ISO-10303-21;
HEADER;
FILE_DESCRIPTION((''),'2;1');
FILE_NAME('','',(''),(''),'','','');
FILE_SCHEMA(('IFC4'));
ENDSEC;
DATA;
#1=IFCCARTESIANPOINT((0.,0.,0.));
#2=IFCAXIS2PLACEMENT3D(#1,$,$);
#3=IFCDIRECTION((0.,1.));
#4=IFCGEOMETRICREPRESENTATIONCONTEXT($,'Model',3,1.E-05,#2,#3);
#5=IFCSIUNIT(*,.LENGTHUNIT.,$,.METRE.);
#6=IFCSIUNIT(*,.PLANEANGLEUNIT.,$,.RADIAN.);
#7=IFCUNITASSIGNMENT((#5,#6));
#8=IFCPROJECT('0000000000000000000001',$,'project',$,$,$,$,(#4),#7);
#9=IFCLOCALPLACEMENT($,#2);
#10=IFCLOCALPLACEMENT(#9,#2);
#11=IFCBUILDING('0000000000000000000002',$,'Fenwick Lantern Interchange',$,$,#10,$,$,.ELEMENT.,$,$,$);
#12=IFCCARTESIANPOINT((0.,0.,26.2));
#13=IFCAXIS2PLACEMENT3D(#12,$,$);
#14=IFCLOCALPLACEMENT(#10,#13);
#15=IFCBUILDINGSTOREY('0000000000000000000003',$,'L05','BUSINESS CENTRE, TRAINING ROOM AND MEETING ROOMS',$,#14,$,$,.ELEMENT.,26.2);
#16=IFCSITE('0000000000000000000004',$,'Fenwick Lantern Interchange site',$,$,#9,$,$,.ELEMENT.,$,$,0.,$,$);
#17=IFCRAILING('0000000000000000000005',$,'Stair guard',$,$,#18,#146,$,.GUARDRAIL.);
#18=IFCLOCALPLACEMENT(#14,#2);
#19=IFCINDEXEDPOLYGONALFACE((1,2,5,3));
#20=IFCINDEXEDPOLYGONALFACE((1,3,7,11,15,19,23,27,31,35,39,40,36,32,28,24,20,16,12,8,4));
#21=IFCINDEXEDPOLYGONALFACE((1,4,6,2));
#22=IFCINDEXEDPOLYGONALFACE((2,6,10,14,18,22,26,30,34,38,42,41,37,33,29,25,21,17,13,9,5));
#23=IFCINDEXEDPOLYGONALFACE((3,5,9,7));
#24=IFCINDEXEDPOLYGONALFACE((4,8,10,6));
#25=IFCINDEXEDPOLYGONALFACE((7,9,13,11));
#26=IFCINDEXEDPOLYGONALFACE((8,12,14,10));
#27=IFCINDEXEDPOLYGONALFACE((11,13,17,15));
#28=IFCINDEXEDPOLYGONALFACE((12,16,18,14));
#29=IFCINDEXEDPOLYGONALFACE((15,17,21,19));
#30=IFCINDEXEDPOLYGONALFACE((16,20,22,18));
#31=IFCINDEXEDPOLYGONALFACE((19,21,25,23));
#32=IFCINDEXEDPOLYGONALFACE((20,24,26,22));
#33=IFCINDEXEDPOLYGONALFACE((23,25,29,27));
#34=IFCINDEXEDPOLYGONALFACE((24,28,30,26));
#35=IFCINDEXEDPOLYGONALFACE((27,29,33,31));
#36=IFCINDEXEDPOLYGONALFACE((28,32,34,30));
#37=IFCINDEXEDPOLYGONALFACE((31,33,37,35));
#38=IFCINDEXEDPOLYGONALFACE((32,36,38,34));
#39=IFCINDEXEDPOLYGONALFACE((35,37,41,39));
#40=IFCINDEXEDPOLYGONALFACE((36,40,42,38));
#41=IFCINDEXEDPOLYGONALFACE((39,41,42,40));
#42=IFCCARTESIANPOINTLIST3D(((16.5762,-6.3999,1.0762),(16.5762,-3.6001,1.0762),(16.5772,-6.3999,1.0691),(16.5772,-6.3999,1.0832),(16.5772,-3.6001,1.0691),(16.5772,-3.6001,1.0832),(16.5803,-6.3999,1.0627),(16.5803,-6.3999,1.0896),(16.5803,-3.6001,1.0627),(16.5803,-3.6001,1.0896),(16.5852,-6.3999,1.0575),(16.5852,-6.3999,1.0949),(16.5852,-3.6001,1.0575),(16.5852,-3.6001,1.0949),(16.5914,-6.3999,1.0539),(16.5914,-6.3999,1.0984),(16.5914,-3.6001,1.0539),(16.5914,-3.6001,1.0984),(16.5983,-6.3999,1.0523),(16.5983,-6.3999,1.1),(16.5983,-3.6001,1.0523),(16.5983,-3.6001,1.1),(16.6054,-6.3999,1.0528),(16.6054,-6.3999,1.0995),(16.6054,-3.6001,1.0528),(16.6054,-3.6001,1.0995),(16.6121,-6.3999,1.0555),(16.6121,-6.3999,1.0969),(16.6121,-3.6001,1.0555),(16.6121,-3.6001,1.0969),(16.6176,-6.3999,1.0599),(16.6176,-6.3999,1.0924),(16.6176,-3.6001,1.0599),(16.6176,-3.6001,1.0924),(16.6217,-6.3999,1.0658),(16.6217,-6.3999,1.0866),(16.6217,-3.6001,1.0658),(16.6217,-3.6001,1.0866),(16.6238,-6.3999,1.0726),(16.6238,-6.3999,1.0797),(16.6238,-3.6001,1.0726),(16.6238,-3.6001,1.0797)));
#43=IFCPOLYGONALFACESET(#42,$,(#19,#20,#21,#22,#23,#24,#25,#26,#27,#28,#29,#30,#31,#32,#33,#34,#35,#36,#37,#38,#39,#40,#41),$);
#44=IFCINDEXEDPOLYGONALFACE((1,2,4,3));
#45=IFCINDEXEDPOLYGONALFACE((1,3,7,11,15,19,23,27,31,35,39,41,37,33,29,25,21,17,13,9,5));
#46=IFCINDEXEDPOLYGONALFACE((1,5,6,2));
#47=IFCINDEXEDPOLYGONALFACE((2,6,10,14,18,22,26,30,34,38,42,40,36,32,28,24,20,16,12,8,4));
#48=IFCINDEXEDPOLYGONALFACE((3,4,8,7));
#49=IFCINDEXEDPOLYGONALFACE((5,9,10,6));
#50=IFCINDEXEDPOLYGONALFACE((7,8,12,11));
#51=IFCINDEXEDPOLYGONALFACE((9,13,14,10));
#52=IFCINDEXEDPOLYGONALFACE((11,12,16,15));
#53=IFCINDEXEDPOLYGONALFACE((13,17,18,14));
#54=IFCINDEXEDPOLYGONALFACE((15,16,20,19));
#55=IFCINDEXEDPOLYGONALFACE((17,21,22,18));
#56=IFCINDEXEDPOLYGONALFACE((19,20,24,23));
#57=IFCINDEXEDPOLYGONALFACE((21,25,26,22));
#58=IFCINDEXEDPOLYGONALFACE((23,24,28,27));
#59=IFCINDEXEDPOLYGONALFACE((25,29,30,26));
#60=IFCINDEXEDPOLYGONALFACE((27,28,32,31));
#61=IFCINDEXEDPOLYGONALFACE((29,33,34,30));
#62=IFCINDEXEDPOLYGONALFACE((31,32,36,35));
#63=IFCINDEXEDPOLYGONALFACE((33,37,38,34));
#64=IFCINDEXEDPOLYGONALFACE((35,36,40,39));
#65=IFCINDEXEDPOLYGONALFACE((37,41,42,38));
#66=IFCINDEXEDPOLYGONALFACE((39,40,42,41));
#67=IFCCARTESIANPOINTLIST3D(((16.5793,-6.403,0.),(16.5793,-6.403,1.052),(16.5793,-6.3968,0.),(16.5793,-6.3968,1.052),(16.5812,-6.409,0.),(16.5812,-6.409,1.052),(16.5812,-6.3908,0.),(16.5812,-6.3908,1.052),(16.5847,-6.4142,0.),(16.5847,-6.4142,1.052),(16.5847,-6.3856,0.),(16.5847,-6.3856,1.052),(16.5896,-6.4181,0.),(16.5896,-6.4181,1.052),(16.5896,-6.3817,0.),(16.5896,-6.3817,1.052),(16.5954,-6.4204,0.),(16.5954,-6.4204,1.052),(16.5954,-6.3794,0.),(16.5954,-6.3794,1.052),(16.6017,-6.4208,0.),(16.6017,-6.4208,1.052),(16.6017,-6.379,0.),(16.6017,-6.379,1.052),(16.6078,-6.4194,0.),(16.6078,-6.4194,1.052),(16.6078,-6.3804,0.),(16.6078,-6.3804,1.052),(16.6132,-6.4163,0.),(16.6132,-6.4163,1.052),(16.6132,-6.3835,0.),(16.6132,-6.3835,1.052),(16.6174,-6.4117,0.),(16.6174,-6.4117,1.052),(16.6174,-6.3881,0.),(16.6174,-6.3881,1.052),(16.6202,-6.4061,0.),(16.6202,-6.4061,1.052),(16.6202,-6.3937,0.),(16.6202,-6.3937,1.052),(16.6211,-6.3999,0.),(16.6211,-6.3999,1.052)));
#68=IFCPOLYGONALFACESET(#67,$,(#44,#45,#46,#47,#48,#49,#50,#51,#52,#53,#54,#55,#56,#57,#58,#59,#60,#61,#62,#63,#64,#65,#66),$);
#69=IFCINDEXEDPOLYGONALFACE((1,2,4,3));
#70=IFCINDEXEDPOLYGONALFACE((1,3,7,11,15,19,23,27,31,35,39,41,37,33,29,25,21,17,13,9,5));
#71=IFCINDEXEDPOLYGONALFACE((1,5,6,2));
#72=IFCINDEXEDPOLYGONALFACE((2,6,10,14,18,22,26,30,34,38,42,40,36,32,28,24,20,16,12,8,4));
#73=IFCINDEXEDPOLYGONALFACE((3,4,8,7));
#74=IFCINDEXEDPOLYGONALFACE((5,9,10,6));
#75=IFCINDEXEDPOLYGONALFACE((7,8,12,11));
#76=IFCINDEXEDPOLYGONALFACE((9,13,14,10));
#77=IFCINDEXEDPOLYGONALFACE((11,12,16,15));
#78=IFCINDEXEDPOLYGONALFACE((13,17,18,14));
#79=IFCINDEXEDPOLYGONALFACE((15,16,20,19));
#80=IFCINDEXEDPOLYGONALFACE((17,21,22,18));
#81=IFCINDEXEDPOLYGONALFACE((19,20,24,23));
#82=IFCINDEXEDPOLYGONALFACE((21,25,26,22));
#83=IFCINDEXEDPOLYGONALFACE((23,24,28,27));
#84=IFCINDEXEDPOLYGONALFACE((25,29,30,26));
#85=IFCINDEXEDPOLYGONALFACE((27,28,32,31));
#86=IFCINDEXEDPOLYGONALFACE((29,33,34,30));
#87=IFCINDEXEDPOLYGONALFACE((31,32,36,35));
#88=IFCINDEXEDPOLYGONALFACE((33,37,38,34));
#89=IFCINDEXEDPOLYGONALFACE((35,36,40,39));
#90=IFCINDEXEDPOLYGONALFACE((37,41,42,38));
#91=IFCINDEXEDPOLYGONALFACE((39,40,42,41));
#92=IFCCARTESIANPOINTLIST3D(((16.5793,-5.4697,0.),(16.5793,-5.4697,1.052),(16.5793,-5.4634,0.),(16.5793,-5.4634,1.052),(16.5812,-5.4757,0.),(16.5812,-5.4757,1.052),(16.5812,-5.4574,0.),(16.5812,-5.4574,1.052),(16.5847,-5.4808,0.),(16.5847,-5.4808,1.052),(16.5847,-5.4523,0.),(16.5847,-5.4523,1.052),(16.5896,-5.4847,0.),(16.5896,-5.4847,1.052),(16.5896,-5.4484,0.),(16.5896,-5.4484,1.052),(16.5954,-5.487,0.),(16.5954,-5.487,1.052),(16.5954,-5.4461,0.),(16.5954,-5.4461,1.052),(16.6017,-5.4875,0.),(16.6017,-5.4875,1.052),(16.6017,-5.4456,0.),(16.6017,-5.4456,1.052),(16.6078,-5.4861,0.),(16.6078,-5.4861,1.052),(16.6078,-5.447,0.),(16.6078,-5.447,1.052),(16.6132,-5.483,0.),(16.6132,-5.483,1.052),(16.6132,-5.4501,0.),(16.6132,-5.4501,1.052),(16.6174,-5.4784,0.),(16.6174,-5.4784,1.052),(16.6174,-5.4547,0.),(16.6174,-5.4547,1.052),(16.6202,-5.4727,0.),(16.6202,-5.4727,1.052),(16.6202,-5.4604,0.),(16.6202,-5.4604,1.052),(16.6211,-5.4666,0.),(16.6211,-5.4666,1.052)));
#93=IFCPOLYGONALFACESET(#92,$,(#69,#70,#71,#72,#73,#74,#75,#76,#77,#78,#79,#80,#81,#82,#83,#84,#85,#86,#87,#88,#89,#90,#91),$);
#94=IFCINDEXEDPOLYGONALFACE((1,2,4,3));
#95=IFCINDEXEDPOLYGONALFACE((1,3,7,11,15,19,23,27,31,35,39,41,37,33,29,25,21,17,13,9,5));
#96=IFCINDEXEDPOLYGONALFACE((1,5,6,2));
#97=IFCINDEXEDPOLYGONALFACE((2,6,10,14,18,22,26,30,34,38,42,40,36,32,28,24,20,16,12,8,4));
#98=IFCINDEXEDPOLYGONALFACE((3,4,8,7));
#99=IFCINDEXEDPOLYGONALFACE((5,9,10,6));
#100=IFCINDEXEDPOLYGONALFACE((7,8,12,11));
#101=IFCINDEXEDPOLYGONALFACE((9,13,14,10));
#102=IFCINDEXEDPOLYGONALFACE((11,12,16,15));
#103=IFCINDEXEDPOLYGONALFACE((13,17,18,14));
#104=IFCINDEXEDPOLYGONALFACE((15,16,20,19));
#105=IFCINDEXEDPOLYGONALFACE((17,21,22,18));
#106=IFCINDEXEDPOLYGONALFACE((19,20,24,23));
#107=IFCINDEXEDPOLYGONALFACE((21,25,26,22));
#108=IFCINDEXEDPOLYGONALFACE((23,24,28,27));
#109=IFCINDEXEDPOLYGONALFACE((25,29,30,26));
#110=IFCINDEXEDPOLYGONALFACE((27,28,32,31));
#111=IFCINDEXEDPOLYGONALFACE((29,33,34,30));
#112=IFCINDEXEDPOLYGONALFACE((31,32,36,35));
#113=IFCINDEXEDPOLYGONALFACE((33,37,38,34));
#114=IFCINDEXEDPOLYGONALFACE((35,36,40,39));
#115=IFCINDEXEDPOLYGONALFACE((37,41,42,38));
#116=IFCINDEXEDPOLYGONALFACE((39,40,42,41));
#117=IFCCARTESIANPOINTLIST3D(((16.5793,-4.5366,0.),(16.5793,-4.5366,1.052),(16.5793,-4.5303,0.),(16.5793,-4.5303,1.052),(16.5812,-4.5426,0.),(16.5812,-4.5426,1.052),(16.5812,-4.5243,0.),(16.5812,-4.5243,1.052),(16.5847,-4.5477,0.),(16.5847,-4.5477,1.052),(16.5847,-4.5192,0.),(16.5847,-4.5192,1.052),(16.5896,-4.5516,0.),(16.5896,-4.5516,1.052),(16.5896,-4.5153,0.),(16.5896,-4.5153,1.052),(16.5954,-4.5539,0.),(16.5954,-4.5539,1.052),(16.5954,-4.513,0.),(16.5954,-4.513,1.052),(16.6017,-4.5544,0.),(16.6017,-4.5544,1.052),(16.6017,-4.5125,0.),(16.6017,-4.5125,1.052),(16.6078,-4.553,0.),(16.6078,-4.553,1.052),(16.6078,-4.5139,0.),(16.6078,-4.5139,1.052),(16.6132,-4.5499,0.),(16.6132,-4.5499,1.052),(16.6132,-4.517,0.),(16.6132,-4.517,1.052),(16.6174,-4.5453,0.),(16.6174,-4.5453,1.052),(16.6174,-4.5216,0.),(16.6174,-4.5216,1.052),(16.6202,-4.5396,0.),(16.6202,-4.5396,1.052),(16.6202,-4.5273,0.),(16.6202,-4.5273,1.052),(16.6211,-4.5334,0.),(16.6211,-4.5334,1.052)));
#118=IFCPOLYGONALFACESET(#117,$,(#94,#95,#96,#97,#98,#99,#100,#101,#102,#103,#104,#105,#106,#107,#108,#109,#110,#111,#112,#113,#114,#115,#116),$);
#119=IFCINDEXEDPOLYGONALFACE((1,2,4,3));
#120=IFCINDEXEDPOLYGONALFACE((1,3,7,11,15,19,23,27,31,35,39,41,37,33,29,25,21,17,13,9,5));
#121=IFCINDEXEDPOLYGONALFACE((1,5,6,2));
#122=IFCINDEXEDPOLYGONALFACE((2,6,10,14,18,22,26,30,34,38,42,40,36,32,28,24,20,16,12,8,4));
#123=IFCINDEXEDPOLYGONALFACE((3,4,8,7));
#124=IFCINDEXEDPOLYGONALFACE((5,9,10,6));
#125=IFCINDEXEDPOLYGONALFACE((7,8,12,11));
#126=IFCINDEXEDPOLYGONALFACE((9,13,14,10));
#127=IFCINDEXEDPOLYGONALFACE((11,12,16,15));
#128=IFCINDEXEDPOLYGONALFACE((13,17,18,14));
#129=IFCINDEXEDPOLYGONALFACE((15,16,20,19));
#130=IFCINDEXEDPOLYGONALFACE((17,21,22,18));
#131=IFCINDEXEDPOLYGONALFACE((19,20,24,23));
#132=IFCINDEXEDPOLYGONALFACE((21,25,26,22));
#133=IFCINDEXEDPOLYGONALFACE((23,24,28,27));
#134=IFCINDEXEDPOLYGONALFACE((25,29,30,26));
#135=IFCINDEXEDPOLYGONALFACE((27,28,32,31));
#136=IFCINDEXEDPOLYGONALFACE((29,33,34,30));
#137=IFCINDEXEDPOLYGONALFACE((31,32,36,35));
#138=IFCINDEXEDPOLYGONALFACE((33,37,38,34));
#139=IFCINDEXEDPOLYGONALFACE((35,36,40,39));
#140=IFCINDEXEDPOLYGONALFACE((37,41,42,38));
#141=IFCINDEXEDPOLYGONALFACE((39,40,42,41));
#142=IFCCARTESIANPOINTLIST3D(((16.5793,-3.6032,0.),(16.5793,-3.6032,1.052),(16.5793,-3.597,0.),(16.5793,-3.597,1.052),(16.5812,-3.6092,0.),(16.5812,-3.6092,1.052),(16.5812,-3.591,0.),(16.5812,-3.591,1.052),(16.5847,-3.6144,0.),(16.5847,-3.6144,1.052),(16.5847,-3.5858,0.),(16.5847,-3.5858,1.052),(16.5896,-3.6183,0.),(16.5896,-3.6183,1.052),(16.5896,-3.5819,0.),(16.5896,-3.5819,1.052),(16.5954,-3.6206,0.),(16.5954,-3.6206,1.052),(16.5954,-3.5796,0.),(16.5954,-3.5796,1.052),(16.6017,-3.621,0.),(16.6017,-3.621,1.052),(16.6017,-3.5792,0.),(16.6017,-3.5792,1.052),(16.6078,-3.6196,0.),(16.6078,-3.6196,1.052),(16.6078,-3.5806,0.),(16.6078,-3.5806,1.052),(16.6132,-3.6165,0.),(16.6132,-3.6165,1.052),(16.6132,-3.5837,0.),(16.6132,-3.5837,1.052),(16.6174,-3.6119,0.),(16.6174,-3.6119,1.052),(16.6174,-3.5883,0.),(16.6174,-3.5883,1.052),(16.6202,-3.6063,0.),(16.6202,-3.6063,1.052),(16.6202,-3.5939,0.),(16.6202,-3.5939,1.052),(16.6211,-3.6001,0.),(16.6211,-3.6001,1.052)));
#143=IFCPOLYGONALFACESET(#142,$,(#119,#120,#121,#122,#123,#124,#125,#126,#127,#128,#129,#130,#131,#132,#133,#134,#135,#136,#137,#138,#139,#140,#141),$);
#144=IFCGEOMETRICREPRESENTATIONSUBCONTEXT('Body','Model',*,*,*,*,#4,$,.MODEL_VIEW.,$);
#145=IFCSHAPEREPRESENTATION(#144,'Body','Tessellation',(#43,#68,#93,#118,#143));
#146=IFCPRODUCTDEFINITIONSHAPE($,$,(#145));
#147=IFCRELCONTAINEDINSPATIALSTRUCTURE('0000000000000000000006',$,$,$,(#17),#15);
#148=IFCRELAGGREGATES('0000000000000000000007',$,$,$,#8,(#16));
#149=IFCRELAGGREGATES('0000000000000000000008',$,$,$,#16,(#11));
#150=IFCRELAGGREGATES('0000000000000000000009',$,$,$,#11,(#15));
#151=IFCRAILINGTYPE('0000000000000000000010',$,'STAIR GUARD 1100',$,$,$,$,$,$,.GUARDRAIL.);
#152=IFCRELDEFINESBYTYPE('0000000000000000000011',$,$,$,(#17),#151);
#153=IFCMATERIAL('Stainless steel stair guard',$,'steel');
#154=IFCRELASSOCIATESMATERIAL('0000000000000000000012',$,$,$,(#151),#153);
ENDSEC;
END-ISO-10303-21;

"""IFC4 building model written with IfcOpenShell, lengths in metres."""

from ifc_helpers import new_model, si_unit, direction, frame, origin, origin_2d, place, context, subcontext, project, spatial, circle, extrude, material, type_object, element, save


model = new_model("IFC4")

# Units and contexts
model_context = context("Model", 3, precision=1e-05, world=origin(), true_north=direction((0.0, 1.0)))
body_context = subcontext(model_context, "Body", "Model", "MODEL_VIEW")
ifc_project = project(units=[si_unit("LENGTHUNIT", "METRE"), si_unit("PLANEANGLEUNIT", "RADIAN")], contexts=[model_context])

# Site, building, storey
site_placement = place(None, origin())
site = spatial("IfcSite", under=ifc_project, at=site_placement, Name="Fenwick Lantern Interchange site", CompositionType="ELEMENT", RefElevation=0.0)
building_placement = place(site_placement, origin())
building = spatial("IfcBuilding", under=site, at=building_placement, Name="Fenwick Lantern Interchange", CompositionType="ELEMENT")
storey_placement = place(building_placement, frame((0.0, 0.0, 26.2)))
storey = spatial("IfcBuildingStorey", under=building, at=storey_placement, Name="L05", Description="BUSINESS CENTRE, TRAINING ROOM AND MEETING ROOMS", CompositionType="ELEMENT", Elevation=26.2)

# Railing
ifc_material_1 = material(Name="Stainless steel stair guard", Category="steel")
railing_type = type_object("IfcRailingType", Name="STAIR GUARD 1100", PredefinedType="GUARDRAIL", material=ifc_material_1)
railing_placement = place(storey_placement, frame((16.6001, -6.3999, 0.0)))
element("IfcRailing", 1, at=railing_placement, inside=storey, type_object=railing_type, Name="Stair guard", PredefinedType="GUARDRAIL", context=body_context, shape_type="SweptSolid", body=[
    extrude(circle(Radius=0.0239, at=origin_2d()), frame((0.0, 0.0, 1.0762), z_axis=(0.0, 1.0, 0.0), x_axis=(-1.0, 0.0, 0.0)), (0.0, 0.0, 1.0), 2.7998),
    extrude(circle(Radius=0.021, at=origin_2d()), origin(), (0.0, 0.0, 1.0), 1.052),
    extrude(circle(Radius=0.021, at=origin_2d()), frame((0.0, 0.9333, 0.0)), (0.0, 0.0, 1.0), 1.052),
    extrude(circle(Radius=0.021, at=origin_2d()), frame((0.0, 1.8665, 0.0)), (0.0, 0.0, 1.0), 1.052),
    extrude(circle(Radius=0.021, at=origin_2d()), frame((0.0, 2.7998, 0.0)), (0.0, 0.0, 1.0), 1.052),
])

save(model, "model.ifc")
